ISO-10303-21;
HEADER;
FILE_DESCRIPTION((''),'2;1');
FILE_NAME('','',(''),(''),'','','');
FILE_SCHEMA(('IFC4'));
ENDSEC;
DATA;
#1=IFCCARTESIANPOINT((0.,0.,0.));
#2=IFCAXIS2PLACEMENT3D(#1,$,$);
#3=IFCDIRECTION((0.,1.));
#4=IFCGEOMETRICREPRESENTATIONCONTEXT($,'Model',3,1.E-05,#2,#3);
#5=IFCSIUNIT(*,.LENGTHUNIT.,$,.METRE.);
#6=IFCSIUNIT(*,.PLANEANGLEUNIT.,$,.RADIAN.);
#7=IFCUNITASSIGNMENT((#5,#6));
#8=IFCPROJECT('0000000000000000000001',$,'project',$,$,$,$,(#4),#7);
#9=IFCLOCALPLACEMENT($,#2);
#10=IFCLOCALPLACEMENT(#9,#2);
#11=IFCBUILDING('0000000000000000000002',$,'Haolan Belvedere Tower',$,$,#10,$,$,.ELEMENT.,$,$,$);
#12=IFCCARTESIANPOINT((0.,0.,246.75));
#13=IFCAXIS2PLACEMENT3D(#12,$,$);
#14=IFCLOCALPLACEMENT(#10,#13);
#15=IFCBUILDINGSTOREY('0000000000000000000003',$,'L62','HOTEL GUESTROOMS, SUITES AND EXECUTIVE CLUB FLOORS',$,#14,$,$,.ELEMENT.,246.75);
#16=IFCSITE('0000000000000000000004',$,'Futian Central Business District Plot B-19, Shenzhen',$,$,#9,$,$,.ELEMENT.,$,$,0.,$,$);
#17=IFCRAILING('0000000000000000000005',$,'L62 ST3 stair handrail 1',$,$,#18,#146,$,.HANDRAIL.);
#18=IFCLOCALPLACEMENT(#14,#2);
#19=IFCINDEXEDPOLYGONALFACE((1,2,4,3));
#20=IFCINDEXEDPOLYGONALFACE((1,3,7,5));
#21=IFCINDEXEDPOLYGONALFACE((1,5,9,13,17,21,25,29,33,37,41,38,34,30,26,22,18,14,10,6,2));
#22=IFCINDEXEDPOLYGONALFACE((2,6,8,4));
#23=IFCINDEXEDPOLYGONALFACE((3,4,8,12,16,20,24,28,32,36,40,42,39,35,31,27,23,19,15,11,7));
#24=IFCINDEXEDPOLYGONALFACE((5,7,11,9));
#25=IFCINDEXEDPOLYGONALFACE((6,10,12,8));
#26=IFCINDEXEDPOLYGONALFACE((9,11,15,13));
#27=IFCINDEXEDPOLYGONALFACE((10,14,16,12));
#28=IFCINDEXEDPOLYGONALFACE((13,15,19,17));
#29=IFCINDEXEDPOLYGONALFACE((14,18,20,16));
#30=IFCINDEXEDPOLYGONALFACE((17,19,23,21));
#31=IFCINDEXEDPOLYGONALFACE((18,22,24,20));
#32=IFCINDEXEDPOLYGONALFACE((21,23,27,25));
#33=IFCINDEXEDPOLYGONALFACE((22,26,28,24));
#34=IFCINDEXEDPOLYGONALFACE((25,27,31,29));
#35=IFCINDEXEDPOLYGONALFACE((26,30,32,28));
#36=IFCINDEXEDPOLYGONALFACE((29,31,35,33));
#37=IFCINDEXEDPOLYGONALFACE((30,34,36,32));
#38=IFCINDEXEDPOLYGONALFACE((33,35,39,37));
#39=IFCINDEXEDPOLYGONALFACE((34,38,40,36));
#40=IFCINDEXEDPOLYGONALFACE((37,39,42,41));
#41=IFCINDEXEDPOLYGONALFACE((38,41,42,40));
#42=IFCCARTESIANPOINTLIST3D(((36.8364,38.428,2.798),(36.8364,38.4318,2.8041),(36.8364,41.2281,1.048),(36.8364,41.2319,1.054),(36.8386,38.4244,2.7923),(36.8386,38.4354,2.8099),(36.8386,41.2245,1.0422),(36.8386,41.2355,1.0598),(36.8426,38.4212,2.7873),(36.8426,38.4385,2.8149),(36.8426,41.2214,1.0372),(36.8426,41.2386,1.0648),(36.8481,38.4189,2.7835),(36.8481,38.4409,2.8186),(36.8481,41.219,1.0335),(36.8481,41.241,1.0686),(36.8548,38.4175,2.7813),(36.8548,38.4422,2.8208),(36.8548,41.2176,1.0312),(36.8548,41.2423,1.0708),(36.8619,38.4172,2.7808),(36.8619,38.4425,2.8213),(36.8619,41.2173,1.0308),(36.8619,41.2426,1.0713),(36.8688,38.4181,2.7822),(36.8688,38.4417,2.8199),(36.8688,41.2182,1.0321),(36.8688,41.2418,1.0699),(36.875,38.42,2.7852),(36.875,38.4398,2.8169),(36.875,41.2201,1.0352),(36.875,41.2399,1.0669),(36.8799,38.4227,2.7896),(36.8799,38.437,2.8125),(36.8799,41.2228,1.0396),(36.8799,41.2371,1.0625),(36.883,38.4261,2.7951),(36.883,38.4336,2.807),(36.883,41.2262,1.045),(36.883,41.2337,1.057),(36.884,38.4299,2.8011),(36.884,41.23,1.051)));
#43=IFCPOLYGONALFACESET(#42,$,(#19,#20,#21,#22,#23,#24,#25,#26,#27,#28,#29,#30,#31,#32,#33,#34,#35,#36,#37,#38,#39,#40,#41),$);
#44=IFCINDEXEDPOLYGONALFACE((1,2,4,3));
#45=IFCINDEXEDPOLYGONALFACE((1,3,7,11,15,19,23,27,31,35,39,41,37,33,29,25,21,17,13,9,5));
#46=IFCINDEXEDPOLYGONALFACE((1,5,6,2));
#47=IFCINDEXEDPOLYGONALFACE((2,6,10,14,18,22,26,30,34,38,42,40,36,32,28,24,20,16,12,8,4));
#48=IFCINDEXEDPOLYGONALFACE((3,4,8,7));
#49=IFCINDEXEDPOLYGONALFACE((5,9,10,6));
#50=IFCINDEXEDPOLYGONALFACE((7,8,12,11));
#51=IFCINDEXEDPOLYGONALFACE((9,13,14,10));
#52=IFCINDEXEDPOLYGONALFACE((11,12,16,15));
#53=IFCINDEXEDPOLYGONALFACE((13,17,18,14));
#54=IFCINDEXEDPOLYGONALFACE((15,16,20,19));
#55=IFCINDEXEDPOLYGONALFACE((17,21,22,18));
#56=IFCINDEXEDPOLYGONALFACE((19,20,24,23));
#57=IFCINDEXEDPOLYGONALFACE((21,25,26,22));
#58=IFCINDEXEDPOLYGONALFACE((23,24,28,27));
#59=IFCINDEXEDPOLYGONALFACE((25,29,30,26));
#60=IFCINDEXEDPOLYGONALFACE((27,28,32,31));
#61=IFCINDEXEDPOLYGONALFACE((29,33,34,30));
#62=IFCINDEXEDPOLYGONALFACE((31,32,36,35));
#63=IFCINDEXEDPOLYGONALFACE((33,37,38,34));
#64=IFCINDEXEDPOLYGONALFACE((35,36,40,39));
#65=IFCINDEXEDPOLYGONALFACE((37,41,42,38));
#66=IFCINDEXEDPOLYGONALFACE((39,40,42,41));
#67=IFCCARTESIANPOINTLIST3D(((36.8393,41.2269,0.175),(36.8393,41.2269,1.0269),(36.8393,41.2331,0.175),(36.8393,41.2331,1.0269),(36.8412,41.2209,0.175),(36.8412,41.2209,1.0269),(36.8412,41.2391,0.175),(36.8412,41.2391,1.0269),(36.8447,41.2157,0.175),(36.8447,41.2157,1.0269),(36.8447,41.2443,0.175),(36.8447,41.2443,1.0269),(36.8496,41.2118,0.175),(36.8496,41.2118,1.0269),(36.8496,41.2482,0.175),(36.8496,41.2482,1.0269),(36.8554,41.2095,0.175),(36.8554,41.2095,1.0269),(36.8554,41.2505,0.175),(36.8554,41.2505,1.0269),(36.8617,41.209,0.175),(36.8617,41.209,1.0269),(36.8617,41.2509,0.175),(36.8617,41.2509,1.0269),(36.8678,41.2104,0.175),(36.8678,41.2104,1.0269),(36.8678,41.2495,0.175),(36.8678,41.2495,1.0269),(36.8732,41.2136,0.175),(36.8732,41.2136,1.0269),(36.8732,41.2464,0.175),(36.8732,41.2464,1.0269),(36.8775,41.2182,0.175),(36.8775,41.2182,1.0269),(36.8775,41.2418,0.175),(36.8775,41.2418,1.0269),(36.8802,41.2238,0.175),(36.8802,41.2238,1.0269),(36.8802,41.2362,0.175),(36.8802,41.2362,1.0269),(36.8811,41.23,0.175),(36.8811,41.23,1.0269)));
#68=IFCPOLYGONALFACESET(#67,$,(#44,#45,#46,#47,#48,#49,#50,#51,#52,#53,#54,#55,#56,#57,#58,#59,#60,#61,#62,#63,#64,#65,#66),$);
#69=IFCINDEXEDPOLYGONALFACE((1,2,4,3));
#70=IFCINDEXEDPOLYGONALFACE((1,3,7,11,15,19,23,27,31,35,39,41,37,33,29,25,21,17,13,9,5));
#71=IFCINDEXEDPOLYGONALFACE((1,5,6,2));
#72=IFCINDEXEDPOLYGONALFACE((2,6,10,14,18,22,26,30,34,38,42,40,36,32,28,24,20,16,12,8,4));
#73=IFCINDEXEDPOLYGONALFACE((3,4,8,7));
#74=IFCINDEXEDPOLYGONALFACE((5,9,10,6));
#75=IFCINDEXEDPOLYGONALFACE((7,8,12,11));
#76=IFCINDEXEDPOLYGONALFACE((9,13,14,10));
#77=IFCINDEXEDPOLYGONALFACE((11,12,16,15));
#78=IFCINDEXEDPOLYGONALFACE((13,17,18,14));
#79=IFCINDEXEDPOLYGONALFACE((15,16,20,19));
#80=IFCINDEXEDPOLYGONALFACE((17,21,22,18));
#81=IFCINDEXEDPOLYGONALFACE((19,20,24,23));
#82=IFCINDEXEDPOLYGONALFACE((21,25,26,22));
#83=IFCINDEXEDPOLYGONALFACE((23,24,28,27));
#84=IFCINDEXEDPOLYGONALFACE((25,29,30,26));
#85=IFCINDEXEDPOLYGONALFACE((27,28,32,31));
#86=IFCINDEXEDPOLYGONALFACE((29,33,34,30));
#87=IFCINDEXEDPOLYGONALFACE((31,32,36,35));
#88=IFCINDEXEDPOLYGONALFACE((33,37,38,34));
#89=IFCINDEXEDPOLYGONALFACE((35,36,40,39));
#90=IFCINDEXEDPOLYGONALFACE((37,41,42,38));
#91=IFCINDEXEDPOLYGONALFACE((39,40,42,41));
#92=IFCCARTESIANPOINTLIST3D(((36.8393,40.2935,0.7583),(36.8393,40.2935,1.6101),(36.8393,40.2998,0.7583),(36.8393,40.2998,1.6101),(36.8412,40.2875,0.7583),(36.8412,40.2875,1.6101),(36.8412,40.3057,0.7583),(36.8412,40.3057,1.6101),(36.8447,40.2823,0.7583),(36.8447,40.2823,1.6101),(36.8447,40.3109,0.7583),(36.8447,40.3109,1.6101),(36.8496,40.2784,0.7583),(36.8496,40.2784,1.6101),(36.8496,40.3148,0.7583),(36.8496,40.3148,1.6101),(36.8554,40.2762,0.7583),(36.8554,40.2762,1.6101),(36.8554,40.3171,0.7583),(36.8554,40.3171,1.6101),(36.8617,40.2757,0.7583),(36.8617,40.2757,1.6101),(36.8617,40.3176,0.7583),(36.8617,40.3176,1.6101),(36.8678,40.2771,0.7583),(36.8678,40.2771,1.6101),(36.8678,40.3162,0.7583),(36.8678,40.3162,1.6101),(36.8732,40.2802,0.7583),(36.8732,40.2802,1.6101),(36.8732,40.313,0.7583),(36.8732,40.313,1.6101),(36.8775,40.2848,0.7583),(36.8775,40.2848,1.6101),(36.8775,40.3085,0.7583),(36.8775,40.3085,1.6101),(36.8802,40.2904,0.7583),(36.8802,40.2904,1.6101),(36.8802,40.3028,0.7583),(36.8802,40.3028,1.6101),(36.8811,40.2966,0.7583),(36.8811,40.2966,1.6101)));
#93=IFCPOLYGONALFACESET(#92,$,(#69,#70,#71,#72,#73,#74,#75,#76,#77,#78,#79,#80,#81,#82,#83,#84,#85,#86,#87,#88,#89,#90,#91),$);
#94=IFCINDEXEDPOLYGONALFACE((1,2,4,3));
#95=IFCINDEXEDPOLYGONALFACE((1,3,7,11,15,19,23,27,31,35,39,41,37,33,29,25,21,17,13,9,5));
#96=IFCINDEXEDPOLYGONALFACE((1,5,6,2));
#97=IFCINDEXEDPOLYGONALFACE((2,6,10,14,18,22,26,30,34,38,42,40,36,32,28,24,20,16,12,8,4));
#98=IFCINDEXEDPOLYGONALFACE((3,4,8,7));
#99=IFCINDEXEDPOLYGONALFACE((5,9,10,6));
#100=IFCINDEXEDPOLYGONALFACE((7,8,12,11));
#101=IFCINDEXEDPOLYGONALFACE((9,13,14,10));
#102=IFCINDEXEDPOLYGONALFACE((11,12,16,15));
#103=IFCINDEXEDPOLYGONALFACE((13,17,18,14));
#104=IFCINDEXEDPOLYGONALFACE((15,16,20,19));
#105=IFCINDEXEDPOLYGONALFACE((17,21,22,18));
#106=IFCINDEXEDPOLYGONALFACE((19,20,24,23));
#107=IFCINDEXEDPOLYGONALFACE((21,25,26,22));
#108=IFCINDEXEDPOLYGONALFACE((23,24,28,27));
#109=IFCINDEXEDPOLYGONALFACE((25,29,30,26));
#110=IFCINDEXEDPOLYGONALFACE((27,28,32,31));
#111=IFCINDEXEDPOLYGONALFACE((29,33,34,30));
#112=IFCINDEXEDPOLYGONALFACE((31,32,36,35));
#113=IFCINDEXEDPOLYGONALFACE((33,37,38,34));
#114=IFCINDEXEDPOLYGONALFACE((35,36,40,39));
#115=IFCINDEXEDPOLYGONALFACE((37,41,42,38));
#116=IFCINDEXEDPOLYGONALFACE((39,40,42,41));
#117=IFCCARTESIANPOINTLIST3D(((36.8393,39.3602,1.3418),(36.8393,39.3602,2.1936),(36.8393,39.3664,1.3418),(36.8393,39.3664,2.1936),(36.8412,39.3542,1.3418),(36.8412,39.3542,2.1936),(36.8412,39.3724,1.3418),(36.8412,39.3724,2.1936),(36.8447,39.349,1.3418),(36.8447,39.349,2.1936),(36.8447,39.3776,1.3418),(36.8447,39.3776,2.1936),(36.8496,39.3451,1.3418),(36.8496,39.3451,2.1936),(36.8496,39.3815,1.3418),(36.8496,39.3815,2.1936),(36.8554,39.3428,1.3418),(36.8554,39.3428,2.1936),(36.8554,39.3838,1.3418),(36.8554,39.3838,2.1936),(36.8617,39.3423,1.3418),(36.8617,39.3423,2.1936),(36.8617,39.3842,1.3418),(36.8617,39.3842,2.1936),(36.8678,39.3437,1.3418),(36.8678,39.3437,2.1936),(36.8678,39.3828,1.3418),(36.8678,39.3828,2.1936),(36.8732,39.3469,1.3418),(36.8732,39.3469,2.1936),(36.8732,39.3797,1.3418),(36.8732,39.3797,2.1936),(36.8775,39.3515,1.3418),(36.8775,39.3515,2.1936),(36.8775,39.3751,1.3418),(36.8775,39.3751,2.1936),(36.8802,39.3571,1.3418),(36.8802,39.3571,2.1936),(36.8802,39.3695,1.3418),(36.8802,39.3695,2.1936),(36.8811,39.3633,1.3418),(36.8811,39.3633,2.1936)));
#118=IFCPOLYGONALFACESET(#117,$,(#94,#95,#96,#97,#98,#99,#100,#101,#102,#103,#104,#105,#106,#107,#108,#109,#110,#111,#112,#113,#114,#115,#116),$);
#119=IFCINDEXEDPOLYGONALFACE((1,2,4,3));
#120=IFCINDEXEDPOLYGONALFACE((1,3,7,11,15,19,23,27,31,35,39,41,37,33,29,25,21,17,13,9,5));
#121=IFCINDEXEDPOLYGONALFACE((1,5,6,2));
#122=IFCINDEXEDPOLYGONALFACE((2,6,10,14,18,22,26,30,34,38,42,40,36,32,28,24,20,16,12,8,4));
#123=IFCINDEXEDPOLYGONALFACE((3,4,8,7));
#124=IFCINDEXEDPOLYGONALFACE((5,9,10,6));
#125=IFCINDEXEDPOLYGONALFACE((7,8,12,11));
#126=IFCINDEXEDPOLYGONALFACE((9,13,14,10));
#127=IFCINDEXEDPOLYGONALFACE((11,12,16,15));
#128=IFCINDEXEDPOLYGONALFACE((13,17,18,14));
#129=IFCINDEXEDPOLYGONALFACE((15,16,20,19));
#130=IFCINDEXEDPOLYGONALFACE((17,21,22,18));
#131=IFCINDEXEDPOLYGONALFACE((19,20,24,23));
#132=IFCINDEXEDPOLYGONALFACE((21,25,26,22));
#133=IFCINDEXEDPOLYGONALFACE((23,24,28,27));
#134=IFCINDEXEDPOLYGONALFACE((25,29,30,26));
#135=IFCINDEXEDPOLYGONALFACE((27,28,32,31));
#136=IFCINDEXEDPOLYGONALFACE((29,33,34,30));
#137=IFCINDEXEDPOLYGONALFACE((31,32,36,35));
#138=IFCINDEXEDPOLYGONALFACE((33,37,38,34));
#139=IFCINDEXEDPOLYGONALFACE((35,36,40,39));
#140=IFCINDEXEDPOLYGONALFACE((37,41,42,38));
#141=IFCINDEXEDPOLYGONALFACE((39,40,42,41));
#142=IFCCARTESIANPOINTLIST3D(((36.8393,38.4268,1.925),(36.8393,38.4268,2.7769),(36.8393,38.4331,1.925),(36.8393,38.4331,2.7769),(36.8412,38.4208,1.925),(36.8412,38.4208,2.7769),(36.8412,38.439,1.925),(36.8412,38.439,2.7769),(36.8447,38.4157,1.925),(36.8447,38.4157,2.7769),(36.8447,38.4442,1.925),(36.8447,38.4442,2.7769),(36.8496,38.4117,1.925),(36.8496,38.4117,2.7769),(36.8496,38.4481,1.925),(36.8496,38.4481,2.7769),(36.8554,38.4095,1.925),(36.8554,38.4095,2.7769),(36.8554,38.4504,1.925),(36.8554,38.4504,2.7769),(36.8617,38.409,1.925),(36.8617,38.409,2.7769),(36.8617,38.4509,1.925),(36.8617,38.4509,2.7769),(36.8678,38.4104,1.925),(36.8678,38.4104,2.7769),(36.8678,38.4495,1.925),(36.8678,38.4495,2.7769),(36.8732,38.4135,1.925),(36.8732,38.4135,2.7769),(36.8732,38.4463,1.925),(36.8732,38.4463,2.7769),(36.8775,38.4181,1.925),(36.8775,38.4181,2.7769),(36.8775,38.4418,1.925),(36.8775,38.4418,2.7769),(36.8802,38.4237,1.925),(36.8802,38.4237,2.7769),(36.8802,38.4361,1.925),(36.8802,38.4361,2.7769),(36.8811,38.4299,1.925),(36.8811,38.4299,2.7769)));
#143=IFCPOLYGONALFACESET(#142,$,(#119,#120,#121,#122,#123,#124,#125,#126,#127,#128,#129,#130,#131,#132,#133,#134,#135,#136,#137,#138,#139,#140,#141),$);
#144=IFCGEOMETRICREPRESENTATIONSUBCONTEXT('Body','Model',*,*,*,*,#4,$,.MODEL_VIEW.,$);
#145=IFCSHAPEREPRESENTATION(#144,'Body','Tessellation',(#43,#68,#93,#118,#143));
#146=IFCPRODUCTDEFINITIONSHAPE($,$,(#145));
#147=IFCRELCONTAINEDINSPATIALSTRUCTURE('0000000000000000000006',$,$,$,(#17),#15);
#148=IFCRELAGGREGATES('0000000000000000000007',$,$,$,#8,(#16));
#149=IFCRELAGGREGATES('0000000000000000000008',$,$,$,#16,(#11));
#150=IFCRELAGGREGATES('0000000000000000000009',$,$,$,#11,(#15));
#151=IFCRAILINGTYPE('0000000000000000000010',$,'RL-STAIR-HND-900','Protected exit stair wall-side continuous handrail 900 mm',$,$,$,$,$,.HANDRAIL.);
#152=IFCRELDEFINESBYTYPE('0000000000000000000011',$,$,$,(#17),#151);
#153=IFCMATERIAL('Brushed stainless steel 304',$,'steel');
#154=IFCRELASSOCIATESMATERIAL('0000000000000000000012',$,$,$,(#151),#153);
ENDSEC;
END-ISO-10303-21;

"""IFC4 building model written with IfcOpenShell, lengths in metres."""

from ifc_helpers import new_model, si_unit, direction, frame, origin, origin_2d, place, context, subcontext, project, spatial, circle, extrude, material, type_object, element, save


model = new_model("IFC4")

# Units and contexts
model_context = context("Model", 3, precision=1e-05, world=origin(), true_north=direction((0.0, 1.0)))
body_context = subcontext(model_context, "Body", "Model", "MODEL_VIEW")
ifc_project = project(units=[si_unit("LENGTHUNIT", "METRE"), si_unit("PLANEANGLEUNIT", "RADIAN")], contexts=[model_context])

# Site, building, storey
site_placement = place(None, origin())
site = spatial("IfcSite", under=ifc_project, at=site_placement, Name="Futian Central Business District Plot B-19, Shenzhen", CompositionType="ELEMENT", RefElevation=0.0)
building_placement = place(site_placement, origin())
building = spatial("IfcBuilding", under=site, at=building_placement, Name="Haolan Belvedere Tower", CompositionType="ELEMENT")
storey_placement = place(building_placement, frame((0.0, 0.0, 246.75)))
storey = spatial("IfcBuildingStorey", under=building, at=storey_placement, Name="L62", Description="HOTEL GUESTROOMS, SUITES AND EXECUTIVE CLUB FLOORS", CompositionType="ELEMENT", Elevation=246.75)

# Railing
ifc_material_1 = material(Name="Brushed stainless steel 304", Category="steel")
railing_type_1 = type_object("IfcRailingType", Name="RL-STAIR-HND-900", Description="Protected exit stair wall-side continuous handrail 900 mm", PredefinedType="HANDRAIL", material=ifc_material_1)
for number, where, name in (
    (1, (36.8601, 41.23, 0.175), "L62 ST3 stair handrail 1"),
):
    element("IfcRailing", number, at=place(storey_placement, frame(where)), inside=storey, type_object=railing_type_1, Name=name, PredefinedType="HANDRAIL", context=body_context, shape_type="SweptSolid", body=[
        extrude(circle(Radius=0.0239, at=origin_2d()), frame((0.0, 0.0, 0.876), z_axis=(0.0, -0.848002, 0.529992), x_axis=(1.0, 0.0, 0.0)), (0.0, 0.0, 1.0), 3.302),
        extrude(circle(Radius=0.021, at=origin_2d()), origin(), (0.0, 0.0, 1.0), 0.8518),
        extrude(circle(Radius=0.021, at=origin_2d()), frame((0.0, -0.9333, 0.5833)), (0.0, 0.0, 1.0), 0.8518),
        extrude(circle(Radius=0.021, at=origin_2d()), frame((0.0, -1.8667, 1.1667)), (0.0, 0.0, 1.0), 0.8518),
        extrude(circle(Radius=0.021, at=origin_2d()), frame((0.0, -2.8, 1.75)), (0.0, 0.0, 1.0), 0.8518),
    ])

save(model, "model.ifc")
